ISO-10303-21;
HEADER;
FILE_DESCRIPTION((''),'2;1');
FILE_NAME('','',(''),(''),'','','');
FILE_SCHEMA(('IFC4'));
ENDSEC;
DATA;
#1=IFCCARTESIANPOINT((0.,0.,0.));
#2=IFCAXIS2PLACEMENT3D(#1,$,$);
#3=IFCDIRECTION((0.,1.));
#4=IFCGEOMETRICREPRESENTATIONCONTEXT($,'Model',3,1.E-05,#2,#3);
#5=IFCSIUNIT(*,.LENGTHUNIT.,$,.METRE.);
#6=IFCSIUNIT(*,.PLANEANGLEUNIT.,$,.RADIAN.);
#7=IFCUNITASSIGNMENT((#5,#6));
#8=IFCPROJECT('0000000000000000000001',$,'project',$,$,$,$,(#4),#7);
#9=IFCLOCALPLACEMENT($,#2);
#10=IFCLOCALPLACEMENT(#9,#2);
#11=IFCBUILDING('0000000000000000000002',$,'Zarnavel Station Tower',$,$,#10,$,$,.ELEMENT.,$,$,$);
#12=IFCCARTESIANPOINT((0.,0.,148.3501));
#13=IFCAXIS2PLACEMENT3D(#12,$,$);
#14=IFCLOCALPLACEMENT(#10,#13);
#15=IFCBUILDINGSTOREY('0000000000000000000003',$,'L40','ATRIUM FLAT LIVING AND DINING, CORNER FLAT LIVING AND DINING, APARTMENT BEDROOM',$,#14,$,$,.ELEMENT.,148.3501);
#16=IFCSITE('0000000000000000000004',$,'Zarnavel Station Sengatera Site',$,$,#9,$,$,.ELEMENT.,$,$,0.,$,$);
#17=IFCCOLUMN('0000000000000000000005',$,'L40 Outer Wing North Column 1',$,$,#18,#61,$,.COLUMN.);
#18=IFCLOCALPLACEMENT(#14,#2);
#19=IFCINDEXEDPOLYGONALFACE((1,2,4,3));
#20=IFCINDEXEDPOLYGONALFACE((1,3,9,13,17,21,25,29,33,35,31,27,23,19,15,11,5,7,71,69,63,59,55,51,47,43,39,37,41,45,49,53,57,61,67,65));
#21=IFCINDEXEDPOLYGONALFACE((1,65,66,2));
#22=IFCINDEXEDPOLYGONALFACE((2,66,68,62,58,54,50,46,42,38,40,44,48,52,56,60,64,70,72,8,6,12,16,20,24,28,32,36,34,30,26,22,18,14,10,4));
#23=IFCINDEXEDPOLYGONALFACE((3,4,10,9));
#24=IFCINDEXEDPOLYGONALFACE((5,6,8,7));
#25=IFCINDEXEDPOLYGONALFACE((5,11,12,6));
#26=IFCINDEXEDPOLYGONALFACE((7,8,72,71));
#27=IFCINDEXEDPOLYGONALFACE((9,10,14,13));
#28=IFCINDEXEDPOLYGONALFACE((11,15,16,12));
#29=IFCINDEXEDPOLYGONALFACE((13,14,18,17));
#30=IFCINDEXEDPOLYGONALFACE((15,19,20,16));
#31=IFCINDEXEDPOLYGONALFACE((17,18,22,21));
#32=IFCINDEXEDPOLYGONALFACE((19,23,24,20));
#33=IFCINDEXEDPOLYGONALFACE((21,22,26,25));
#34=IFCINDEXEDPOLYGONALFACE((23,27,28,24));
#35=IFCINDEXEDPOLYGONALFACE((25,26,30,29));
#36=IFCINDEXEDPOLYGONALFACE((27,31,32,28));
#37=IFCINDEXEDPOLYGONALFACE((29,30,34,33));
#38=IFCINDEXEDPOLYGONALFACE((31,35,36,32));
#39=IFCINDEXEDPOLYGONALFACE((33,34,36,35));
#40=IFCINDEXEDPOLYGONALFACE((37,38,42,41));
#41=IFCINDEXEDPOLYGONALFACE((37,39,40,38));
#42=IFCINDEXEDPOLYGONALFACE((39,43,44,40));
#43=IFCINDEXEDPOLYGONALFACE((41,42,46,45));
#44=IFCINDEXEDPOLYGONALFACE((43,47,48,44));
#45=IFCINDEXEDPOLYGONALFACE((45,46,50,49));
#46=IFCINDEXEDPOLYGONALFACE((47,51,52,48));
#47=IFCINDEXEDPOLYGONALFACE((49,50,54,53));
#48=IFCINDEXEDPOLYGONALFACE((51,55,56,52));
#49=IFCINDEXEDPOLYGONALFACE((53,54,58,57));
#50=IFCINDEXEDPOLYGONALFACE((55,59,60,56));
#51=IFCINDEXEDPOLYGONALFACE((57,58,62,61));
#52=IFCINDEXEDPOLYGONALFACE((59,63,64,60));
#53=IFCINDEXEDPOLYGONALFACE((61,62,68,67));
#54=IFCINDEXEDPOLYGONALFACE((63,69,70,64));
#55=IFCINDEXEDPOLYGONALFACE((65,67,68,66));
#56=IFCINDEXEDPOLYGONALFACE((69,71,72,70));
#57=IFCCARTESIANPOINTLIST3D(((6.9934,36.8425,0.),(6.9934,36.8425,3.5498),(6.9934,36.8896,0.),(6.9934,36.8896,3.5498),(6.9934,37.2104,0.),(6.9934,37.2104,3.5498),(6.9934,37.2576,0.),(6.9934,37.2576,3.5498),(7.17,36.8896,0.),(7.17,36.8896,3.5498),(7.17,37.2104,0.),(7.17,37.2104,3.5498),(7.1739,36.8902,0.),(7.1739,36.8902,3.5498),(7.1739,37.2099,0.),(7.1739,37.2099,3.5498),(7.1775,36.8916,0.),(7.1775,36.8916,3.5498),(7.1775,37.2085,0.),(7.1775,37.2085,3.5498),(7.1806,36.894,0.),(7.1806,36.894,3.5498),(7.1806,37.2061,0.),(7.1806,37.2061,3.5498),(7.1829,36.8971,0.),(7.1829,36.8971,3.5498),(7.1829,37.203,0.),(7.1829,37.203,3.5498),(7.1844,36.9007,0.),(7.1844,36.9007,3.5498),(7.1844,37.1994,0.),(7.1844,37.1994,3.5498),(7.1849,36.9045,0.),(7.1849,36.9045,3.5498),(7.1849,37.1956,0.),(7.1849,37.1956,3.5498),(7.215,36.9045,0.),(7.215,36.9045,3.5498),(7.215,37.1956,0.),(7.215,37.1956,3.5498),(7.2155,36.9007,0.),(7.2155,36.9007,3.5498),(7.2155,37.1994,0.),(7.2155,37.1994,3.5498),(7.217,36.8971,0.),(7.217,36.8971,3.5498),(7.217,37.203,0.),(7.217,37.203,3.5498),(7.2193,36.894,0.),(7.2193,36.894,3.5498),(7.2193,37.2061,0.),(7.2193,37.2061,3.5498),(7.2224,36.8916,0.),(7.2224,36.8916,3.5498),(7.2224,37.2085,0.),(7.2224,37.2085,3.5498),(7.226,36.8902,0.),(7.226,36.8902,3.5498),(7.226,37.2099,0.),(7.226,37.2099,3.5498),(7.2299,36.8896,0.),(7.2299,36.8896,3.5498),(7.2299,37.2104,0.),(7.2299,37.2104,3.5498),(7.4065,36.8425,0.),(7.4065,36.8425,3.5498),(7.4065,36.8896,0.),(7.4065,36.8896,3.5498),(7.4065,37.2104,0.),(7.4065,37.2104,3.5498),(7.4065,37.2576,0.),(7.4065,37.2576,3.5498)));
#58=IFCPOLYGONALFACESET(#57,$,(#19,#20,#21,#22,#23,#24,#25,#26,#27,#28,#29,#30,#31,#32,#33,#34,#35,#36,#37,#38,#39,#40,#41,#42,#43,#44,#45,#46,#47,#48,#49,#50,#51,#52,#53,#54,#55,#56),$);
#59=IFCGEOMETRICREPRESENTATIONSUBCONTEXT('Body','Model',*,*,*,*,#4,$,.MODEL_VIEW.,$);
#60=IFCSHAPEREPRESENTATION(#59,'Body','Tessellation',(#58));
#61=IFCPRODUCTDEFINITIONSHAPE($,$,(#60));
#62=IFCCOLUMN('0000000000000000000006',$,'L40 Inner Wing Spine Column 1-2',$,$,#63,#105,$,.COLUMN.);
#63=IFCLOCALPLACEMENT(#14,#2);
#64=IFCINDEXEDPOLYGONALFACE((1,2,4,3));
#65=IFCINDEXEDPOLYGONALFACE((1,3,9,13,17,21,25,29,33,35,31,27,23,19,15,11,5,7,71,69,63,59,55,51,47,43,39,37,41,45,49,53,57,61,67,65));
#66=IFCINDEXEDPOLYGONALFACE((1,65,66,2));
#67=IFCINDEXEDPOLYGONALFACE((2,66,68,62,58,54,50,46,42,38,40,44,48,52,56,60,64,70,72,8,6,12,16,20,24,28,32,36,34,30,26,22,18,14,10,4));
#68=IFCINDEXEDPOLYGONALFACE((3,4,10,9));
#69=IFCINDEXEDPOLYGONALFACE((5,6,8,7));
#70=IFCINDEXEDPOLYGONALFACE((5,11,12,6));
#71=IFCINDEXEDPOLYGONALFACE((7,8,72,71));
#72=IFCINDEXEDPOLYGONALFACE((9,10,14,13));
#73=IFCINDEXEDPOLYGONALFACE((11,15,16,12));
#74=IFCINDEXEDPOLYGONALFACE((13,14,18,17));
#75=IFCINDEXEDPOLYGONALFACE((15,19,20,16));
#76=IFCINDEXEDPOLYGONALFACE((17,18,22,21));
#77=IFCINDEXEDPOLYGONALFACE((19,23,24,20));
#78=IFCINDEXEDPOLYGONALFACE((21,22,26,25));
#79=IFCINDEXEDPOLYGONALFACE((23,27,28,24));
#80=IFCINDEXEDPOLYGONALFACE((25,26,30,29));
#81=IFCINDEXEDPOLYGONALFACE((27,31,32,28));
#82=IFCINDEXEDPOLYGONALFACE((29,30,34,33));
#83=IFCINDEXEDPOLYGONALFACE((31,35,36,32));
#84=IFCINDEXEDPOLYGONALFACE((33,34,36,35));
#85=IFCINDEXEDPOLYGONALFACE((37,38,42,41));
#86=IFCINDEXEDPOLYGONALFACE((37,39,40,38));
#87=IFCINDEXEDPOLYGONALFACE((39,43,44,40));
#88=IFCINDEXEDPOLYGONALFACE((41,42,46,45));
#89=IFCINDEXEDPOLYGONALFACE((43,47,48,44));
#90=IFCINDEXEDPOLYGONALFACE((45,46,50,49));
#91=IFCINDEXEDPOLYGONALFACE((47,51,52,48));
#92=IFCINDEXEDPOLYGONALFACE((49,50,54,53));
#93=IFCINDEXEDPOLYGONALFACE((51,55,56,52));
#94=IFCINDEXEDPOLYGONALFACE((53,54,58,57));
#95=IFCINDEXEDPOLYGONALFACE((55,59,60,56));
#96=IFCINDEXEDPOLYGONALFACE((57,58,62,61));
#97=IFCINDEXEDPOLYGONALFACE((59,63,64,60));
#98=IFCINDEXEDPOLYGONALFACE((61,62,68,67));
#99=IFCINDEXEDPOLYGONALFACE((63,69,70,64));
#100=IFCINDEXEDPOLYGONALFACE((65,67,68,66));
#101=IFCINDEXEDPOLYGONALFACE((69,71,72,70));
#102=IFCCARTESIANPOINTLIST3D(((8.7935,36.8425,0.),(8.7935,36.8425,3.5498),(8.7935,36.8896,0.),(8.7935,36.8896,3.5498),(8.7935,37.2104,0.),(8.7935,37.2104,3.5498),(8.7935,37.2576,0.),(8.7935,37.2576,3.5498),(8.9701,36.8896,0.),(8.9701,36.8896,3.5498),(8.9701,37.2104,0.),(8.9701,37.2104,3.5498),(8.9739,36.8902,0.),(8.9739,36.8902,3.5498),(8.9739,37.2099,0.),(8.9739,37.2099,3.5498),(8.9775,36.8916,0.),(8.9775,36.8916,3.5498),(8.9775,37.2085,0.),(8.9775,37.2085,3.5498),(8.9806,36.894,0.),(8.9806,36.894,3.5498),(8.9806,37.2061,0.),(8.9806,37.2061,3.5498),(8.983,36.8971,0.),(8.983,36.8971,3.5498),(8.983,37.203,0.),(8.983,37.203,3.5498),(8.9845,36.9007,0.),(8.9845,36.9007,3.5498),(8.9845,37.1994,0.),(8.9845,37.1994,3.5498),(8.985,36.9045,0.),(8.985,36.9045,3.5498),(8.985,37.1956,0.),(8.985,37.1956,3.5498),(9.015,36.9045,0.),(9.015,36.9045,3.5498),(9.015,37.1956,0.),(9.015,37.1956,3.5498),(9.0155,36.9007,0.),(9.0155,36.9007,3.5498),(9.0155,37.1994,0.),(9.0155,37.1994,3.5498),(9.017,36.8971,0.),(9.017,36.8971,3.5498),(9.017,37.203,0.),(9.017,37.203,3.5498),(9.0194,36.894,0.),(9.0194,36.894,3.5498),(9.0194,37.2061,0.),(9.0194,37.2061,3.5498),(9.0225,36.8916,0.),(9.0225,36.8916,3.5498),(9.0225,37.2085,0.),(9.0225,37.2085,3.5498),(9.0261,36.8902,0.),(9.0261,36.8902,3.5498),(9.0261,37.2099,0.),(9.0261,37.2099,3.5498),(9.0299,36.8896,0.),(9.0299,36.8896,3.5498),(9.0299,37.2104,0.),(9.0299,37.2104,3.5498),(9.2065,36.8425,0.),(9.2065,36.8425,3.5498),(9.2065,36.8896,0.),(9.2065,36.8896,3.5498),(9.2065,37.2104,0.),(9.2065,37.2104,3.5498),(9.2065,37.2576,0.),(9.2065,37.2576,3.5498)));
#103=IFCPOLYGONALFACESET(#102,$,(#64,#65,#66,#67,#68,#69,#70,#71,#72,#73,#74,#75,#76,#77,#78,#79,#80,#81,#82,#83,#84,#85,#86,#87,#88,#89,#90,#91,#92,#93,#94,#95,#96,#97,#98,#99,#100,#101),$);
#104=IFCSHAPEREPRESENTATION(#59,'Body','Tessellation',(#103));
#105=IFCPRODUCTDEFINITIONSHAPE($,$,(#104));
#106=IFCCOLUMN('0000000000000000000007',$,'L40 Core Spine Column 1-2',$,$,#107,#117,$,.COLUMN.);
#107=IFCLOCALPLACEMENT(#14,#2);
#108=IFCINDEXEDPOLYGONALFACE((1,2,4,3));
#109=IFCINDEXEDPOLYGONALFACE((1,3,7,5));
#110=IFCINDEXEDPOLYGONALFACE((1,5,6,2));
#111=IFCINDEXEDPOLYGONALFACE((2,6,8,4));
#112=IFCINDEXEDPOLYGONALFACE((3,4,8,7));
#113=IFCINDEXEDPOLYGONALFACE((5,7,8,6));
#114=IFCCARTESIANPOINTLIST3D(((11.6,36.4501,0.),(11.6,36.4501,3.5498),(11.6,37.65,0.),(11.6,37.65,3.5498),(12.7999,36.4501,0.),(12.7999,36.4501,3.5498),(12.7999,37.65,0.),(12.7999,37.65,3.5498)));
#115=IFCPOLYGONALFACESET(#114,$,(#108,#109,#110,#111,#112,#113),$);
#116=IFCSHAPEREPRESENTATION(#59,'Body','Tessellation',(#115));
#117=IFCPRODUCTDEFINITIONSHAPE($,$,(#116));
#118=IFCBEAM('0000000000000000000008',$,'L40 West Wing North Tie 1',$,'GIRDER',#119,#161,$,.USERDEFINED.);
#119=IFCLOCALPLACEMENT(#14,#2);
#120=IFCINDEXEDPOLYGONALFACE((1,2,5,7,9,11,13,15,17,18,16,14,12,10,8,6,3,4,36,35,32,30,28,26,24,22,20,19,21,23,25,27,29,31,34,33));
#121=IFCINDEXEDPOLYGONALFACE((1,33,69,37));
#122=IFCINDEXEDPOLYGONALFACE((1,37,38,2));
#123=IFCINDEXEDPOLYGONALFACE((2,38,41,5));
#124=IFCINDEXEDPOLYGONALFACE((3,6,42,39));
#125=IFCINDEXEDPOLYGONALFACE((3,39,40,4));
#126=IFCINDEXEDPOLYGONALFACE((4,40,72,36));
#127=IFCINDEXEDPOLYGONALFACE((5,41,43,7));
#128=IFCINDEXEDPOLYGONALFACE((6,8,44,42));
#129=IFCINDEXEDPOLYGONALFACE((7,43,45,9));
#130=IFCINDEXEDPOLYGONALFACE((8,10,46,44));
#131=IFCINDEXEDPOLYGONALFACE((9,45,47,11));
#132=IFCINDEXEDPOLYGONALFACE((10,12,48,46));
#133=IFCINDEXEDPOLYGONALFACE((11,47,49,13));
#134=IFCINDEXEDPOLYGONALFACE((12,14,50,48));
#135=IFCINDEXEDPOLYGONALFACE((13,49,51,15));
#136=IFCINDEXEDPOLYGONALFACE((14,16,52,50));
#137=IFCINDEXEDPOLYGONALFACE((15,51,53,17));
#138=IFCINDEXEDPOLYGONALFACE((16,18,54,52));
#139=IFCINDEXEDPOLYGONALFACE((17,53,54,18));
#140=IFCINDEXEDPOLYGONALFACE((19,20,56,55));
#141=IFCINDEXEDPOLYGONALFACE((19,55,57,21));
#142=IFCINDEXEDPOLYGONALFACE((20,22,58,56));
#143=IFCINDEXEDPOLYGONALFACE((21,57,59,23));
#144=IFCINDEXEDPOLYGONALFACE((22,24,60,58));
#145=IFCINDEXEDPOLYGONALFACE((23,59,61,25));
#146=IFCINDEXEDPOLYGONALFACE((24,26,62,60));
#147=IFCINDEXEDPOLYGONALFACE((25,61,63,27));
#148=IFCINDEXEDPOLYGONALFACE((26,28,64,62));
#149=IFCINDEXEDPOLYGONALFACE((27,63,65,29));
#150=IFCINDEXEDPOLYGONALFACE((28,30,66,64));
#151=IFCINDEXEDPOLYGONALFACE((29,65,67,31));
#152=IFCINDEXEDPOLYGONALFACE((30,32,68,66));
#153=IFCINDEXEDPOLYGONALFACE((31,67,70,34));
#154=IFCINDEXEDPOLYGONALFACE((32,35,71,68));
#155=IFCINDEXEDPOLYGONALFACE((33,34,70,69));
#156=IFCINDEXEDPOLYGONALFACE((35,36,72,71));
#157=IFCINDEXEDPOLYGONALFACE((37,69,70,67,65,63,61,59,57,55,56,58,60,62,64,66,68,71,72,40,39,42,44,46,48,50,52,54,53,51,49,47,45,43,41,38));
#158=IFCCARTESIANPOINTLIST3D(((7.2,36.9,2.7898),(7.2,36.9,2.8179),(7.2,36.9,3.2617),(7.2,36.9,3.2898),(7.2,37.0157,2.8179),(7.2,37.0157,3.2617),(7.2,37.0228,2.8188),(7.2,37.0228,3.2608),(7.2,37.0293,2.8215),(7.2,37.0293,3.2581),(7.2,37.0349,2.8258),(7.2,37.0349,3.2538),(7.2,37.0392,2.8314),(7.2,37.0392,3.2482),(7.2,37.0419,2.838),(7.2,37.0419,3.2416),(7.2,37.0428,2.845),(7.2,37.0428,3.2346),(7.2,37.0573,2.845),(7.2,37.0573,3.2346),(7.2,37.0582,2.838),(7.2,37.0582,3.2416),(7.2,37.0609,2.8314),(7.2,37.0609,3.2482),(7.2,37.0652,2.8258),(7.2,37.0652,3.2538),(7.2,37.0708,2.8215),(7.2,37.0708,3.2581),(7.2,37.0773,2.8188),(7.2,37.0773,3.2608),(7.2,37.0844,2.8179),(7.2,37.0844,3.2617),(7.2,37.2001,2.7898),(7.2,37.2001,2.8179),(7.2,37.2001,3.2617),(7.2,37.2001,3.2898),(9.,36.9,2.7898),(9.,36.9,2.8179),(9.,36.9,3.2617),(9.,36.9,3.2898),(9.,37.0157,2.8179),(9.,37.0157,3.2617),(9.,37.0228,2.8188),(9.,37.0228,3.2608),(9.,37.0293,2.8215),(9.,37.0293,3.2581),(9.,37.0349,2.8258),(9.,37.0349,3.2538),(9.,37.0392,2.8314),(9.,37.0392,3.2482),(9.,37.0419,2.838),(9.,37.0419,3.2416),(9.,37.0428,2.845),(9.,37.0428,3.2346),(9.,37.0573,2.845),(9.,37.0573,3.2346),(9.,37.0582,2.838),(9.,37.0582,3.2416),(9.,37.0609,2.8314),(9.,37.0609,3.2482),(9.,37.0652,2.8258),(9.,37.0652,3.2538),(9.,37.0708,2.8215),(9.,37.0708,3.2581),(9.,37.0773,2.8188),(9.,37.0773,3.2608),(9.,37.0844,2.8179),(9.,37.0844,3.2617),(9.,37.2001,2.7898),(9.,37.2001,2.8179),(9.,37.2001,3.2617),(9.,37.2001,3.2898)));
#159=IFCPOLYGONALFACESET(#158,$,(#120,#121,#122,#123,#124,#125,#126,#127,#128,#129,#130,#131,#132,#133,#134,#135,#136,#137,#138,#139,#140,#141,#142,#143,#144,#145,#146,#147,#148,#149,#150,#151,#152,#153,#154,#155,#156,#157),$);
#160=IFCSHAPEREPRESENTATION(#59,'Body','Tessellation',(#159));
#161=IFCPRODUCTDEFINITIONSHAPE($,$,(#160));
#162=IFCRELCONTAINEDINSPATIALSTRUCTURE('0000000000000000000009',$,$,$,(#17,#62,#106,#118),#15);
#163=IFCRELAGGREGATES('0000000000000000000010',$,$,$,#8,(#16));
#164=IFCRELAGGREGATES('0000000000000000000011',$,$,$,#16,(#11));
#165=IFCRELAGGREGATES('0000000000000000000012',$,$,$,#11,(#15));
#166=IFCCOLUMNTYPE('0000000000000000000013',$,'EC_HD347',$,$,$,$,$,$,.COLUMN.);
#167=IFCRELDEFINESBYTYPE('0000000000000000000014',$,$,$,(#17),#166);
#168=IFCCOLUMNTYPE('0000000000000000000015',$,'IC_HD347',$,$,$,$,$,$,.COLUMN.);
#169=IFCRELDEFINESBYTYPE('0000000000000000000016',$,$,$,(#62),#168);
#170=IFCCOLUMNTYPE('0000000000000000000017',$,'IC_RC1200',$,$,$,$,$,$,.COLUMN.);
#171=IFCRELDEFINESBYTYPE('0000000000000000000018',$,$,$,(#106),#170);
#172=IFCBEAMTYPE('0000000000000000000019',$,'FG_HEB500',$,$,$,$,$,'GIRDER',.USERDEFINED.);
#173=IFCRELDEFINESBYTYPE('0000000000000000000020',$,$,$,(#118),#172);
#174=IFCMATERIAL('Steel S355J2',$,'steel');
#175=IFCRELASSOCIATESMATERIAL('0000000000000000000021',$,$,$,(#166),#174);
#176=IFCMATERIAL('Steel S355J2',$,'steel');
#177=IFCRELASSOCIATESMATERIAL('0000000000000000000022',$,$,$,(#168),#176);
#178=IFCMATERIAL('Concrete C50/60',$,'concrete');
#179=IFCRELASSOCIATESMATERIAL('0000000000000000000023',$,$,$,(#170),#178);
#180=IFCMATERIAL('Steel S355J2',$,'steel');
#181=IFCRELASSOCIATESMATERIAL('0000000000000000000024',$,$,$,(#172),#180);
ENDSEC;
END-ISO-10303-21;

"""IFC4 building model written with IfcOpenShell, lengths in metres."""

from ifc_helpers import new_model, si_unit, direction, frame, origin, origin_2d, place, context, subcontext, project, spatial, rectangle, i_section, extrude, material, material_profile, profile_set, type_object, element, save


model = new_model("IFC4")

# Units and contexts
model_context = context("Model", 3, precision=1e-05, world=origin(), true_north=direction((0.0, 1.0)))
body_context = subcontext(model_context, "Body", "Model", "MODEL_VIEW")
ifc_project = project(units=[si_unit("LENGTHUNIT", "METRE"), si_unit("PLANEANGLEUNIT", "RADIAN")], contexts=[model_context])

# Site, building, storey
site_placement = place(None, origin())
site = spatial("IfcSite", under=ifc_project, at=site_placement, Name="Zarnavel Station Sengatera Site", CompositionType="ELEMENT", RefElevation=0.0)
building_placement = place(site_placement, origin())
building = spatial("IfcBuilding", under=site, at=building_placement, Name="Zarnavel Station Tower", CompositionType="ELEMENT")
storey_placement = place(building_placement, frame((0.0, 0.0, 148.3501)))
storey = spatial("IfcBuildingStorey", under=building, at=storey_placement, Name="L40", Description="ATRIUM FLAT LIVING AND DINING, CORNER FLAT LIVING AND DINING, APARTMENT BEDROOM", CompositionType="ELEMENT", Elevation=148.3501)

# Columns
ifc_material_1 = material(Name="Steel S355J2", Category="steel")
ifc_material_profile_1 = material_profile(ifc_material_1, i_section(OverallWidth=0.4131, OverallDepth=0.415, WebThickness=0.03, FlangeThickness=0.0471, FilletRadius=0.0149, at=origin_2d()), Name="HD400x347")
ifc_profile_set_1 = profile_set([ifc_material_profile_1], Name="Steel S355J2")
column_type_1 = type_object("IfcColumnType", Name="EC_HD347", PredefinedType="COLUMN", material=ifc_profile_set_1)
column_1_placement = place(storey_placement, frame((7.2, 37.05, 0.0), z_axis=(0.0, 0.0, 1.0), x_axis=(1.0, 0.0, 0.0)))
element("IfcColumn", 1, at=column_1_placement, inside=storey, type_object=column_type_1, Name="L40 Outer Wing North Column 1", PredefinedType="COLUMN", context=body_context, shape_type="SweptSolid", body=[
    extrude(i_section(OverallWidth=0.4131, OverallDepth=0.415, WebThickness=0.03, FlangeThickness=0.0471, FilletRadius=0.0149, at=origin_2d()), origin(), (0.0, 0.0, 1.0), 3.5498),
])
ifc_material_2 = material(Name="Steel S355J2", Category="steel")
ifc_material_profile_2 = material_profile(ifc_material_2, i_section(OverallWidth=0.4131, OverallDepth=0.415, WebThickness=0.03, FlangeThickness=0.0471, FilletRadius=0.0149, at=origin_2d()), Name="HD400x347")
ifc_profile_set_2 = profile_set([ifc_material_profile_2], Name="Steel S355J2")
column_type_2 = type_object("IfcColumnType", Name="IC_HD347", PredefinedType="COLUMN", material=ifc_profile_set_2)
column_2_placement = place(storey_placement, frame((9.0, 37.05, 0.0), z_axis=(0.0, 0.0, 1.0), x_axis=(1.0, 0.0, 0.0)))
element("IfcColumn", 2, at=column_2_placement, inside=storey, type_object=column_type_2, Name="L40 Inner Wing Spine Column 1-2", PredefinedType="COLUMN", context=body_context, shape_type="SweptSolid", body=[
    extrude(i_section(OverallWidth=0.4131, OverallDepth=0.415, WebThickness=0.03, FlangeThickness=0.0471, FilletRadius=0.0149, at=origin_2d()), origin(), (0.0, 0.0, 1.0), 3.5498),
])
ifc_material_3 = material(Name="Concrete C50/60", Category="concrete")
ifc_material_profile_3 = material_profile(ifc_material_3, rectangle(XDim=1.2, YDim=1.2, at=origin_2d()), Name="RC1200x1200")
ifc_profile_set_3 = profile_set([ifc_material_profile_3], Name="Concrete C50/60")
column_type_3 = type_object("IfcColumnType", Name="IC_RC1200", PredefinedType="COLUMN", material=ifc_profile_set_3)
column_3_placement = place(storey_placement, frame((12.2, 37.05, 0.0), z_axis=(0.0, 0.0, 1.0), x_axis=(1.0, 0.0, 0.0)))
element("IfcColumn", 3, at=column_3_placement, inside=storey, type_object=column_type_3, Name="L40 Core Spine Column 1-2", PredefinedType="COLUMN", context=body_context, shape_type="SweptSolid", body=[
    extrude(rectangle(XDim=1.2, YDim=1.2, at=origin_2d()), origin(), (0.0, 0.0, 1.0), 3.5498),
])

# Beam
ifc_material_4 = material(Name="Steel S355J2", Category="steel")
ifc_material_profile_4 = material_profile(ifc_material_4, i_section(OverallWidth=0.3, OverallDepth=0.5, WebThickness=0.0144, FlangeThickness=0.0281, FilletRadius=0.0271, at=origin_2d()), Name="HEB500")
ifc_profile_set_4 = profile_set([ifc_material_profile_4], Name="Steel S355J2")
beam_type = type_object("IfcBeamType", Name="FG_HEB500", ElementType="GIRDER", PredefinedType="USERDEFINED", material=ifc_profile_set_4)
beam_1_placement = place(storey_placement, frame((7.2, 37.05, 3.0398), z_axis=(1.0, 0.0, 0.0), x_axis=(0.0, 1.0, 0.0)))
element("IfcBeam", 4, at=beam_1_placement, inside=storey, type_object=beam_type, Name="L40 West Wing North Tie 1", ObjectType="GIRDER", PredefinedType="USERDEFINED", context=body_context, shape_type="SweptSolid", body=[
    extrude(i_section(OverallWidth=0.3, OverallDepth=0.5, WebThickness=0.0144, FlangeThickness=0.0281, FilletRadius=0.0271, at=origin_2d()), origin(), (0.0, 0.0, 1.0), 1.8),
])

save(model, "model.ifc")
